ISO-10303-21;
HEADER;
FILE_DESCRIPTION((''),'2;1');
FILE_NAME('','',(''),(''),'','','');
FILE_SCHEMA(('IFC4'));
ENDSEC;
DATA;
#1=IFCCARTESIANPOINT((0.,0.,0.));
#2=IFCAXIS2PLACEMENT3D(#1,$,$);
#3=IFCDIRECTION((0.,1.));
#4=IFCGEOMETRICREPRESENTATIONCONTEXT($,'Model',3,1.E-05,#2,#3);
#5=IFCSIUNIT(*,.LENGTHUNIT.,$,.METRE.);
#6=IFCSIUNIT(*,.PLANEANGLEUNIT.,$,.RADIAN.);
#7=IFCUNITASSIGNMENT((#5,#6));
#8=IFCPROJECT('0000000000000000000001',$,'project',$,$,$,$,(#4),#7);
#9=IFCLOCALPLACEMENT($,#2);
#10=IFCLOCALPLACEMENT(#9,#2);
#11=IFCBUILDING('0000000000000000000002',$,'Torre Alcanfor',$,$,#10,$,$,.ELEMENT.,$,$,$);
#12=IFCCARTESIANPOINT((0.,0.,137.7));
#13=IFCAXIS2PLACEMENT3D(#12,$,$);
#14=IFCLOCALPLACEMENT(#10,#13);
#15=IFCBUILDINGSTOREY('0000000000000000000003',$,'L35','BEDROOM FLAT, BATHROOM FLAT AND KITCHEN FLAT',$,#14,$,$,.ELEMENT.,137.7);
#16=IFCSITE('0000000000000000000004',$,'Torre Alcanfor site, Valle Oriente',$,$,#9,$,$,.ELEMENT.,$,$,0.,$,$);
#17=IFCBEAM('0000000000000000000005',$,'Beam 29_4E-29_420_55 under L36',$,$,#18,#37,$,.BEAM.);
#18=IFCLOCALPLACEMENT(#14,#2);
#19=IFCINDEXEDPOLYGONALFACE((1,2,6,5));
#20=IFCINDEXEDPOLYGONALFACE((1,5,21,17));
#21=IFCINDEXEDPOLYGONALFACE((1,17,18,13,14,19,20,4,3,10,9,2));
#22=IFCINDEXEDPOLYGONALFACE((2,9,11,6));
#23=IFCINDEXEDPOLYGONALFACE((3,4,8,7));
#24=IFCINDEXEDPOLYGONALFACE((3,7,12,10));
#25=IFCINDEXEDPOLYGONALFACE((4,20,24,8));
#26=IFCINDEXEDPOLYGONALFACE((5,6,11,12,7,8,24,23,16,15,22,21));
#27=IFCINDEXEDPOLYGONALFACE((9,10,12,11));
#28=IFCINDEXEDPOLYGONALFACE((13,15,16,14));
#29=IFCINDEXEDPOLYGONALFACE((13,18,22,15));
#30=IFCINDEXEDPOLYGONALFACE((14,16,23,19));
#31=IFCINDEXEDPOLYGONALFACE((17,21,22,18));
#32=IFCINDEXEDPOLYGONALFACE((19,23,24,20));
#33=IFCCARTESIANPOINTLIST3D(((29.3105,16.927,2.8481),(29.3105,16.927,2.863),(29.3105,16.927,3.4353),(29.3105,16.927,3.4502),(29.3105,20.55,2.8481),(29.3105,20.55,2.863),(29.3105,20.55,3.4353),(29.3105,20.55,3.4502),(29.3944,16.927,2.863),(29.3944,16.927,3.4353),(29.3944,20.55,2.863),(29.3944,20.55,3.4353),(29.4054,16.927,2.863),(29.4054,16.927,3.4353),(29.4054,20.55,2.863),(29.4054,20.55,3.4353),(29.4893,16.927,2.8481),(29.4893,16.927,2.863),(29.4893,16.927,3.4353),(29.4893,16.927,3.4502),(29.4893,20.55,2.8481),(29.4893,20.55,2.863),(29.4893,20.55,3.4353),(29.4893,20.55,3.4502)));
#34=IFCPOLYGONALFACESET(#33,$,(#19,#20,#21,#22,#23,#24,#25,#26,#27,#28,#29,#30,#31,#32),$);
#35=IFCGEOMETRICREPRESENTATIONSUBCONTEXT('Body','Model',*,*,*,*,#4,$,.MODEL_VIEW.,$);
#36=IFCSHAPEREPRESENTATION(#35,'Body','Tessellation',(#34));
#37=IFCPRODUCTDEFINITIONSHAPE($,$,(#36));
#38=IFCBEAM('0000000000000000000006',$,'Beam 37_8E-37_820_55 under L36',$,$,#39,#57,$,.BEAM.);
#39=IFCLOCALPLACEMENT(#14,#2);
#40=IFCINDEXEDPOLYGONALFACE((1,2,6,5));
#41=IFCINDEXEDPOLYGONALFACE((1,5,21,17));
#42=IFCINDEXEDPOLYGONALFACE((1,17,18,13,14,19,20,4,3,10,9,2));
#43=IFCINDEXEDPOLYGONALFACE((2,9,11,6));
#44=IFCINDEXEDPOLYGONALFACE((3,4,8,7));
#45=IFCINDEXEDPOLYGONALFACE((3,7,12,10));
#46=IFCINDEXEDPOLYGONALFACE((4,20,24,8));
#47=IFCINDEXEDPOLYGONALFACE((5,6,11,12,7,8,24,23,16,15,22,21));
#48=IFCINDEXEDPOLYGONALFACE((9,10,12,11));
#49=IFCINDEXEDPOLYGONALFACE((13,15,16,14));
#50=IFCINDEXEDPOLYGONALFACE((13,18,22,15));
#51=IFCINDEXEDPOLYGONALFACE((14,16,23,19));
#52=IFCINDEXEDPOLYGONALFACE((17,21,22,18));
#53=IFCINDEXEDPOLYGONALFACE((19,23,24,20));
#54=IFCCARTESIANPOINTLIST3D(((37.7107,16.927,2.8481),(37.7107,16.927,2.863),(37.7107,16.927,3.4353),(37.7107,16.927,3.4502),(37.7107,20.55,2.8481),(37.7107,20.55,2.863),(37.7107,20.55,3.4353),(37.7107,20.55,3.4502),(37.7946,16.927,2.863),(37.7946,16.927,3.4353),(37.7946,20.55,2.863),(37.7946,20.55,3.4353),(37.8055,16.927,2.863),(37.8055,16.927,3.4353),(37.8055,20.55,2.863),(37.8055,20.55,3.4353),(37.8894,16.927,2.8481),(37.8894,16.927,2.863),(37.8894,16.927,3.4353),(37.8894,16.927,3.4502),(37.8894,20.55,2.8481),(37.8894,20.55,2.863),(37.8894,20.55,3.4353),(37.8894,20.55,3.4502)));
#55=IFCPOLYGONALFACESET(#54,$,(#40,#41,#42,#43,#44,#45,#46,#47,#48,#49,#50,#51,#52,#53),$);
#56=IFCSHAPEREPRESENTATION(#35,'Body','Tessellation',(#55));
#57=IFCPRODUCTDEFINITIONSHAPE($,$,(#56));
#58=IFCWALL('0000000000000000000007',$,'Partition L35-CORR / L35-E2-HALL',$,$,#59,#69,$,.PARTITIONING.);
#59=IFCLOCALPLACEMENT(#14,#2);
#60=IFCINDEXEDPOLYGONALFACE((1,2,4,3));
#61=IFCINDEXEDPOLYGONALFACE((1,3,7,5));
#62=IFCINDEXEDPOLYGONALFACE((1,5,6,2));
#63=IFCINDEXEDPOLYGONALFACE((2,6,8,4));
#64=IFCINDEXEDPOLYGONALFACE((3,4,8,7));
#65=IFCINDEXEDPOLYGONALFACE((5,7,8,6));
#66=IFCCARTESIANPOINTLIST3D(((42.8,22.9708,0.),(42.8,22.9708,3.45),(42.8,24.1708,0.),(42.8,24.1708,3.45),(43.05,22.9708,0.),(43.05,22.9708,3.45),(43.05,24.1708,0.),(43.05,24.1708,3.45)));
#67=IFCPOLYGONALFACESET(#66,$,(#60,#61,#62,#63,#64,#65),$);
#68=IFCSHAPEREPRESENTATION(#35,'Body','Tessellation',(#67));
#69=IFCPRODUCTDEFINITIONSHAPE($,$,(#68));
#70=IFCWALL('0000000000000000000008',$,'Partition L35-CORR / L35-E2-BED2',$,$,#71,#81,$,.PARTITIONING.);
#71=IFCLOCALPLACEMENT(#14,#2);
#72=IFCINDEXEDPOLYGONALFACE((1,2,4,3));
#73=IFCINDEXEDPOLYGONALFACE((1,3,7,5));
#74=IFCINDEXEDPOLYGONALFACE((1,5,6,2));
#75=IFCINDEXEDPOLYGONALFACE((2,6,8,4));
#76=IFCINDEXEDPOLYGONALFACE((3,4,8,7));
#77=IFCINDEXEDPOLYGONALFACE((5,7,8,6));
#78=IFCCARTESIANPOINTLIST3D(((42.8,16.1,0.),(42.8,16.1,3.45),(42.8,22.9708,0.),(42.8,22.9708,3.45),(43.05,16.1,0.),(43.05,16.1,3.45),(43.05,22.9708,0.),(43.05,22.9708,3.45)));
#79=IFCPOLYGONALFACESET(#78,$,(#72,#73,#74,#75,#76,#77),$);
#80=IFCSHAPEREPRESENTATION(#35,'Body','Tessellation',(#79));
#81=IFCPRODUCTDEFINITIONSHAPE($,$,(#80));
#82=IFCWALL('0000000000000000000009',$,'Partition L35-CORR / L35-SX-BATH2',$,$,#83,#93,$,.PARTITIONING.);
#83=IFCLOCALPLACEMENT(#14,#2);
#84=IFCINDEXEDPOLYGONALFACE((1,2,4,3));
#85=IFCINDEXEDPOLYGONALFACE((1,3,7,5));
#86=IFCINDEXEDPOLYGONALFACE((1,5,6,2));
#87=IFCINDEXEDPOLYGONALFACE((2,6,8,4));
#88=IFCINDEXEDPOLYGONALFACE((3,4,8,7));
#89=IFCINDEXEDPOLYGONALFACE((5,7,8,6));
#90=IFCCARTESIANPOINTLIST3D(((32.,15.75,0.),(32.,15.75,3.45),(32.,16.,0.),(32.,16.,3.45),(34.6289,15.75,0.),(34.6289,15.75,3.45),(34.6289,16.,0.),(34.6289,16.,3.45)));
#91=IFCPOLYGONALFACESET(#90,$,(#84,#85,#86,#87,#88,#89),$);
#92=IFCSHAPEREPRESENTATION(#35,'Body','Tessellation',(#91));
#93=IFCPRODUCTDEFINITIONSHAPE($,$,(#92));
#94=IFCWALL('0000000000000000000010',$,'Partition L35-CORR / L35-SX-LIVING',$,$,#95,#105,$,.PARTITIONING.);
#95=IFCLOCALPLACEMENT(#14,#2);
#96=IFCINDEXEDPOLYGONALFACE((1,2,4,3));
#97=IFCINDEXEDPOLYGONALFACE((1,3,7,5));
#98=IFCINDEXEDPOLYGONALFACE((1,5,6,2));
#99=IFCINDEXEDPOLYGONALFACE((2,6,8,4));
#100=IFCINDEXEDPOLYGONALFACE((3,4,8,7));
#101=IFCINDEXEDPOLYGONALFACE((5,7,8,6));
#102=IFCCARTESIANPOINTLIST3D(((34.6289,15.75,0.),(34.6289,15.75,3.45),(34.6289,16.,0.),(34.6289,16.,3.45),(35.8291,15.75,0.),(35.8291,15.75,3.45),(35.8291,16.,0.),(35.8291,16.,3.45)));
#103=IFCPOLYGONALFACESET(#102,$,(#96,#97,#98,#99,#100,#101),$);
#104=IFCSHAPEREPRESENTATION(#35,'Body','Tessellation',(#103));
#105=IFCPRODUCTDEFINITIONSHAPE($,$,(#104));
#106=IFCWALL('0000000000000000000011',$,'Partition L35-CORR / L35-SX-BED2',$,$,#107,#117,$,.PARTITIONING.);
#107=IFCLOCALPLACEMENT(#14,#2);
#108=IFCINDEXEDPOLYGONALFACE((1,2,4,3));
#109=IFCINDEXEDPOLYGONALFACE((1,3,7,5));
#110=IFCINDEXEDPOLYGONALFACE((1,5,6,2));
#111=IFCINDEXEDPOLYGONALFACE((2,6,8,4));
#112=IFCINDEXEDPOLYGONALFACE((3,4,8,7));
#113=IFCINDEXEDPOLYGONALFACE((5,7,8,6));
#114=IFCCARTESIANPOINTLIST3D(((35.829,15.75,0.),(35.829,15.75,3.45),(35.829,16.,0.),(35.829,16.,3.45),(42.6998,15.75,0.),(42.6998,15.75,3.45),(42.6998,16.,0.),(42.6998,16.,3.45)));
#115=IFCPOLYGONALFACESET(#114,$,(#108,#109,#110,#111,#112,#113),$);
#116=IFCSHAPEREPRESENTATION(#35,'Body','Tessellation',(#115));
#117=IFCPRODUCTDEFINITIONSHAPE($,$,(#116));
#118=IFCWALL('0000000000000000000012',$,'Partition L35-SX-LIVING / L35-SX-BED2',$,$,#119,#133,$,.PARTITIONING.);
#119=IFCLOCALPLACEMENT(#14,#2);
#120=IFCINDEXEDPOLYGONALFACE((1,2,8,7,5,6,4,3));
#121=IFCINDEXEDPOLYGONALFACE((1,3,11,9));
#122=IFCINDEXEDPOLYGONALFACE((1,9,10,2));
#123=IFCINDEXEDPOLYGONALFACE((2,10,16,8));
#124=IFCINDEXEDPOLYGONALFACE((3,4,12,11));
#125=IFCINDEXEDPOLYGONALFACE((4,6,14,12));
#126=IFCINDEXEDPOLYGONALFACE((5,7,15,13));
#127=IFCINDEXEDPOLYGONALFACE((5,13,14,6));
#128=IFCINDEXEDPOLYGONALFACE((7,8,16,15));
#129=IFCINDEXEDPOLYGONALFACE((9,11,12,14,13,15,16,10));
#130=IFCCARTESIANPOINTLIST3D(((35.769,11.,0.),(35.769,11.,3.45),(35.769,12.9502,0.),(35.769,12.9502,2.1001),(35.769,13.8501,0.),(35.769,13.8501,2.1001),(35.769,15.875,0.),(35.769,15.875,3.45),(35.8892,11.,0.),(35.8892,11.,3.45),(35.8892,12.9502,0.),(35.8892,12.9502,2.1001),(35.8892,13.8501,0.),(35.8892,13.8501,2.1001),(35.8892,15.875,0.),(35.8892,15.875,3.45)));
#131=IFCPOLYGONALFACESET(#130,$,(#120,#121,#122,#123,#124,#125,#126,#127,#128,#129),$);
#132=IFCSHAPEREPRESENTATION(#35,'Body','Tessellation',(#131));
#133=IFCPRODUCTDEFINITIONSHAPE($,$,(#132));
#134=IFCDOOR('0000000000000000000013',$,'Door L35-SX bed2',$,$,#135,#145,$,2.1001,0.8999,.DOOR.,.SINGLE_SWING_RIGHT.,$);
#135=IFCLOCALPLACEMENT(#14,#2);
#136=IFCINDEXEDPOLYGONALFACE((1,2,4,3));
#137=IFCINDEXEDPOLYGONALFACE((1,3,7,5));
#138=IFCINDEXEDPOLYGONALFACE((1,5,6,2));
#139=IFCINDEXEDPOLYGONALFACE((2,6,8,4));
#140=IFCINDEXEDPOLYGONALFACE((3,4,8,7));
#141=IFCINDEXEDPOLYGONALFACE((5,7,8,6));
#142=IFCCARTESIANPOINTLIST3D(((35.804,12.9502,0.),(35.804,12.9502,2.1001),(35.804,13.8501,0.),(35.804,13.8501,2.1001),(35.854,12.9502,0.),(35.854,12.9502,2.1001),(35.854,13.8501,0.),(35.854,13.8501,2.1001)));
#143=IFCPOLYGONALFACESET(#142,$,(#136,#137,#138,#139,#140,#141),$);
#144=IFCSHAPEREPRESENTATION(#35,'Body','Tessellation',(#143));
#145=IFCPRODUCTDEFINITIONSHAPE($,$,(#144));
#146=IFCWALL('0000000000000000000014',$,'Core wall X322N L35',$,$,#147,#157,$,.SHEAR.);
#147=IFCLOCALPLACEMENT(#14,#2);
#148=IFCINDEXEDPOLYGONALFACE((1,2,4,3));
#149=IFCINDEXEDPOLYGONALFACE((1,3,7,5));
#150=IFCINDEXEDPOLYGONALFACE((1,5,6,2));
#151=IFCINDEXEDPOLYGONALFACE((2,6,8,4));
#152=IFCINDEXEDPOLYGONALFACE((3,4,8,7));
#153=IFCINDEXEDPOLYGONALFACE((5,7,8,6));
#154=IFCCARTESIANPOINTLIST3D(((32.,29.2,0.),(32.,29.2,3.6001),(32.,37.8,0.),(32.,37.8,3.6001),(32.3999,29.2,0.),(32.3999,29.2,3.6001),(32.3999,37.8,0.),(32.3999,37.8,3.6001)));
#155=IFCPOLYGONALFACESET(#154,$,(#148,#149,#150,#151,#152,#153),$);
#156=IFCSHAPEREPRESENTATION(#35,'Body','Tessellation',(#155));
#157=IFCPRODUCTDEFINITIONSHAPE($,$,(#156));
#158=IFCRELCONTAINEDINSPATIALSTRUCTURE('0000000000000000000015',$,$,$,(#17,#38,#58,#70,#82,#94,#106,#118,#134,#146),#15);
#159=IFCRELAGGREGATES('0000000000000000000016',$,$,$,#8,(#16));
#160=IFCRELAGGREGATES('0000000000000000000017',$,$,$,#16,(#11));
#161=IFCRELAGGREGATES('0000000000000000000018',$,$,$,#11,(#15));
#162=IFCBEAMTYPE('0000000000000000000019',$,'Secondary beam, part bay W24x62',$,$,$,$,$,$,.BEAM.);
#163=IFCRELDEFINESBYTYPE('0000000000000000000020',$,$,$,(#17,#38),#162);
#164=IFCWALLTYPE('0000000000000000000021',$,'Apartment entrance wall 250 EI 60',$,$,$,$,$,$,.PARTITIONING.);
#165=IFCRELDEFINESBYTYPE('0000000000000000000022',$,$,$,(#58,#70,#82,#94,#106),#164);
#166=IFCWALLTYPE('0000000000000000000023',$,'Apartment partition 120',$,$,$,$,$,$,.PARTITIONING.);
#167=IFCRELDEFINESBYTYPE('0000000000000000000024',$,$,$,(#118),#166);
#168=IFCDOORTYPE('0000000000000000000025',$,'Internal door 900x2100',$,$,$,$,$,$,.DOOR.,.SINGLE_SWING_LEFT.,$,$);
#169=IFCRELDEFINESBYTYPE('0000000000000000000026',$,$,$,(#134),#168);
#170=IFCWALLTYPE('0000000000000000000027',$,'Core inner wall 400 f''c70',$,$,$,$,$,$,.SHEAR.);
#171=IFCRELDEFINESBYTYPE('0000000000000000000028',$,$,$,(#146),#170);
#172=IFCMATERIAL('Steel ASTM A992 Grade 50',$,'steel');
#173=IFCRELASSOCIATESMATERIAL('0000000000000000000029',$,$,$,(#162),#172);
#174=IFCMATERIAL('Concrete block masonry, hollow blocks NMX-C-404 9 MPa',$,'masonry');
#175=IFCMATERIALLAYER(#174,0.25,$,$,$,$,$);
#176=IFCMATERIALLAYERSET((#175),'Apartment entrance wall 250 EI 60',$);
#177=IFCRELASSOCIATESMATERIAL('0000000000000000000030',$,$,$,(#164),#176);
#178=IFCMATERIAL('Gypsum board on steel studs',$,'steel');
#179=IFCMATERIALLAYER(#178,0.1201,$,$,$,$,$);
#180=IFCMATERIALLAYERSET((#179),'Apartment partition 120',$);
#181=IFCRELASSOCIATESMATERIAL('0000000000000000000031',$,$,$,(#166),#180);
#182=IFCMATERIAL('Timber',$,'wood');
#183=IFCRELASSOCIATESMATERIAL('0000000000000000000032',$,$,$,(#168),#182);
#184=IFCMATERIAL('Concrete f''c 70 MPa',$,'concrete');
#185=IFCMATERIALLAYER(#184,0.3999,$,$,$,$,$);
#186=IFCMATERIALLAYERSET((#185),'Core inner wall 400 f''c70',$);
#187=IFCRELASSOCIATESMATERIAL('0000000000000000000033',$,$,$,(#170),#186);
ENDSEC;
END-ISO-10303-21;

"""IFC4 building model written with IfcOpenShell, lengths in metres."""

from ifc_helpers import new_model, si_unit, direction, frame, frame_2d, origin, origin_2d, place, context, subcontext, project, spatial, rectangle, i_section, extrude, material, layer, layer_set, material_profile, profile_set, type_object, element, fill, save


model = new_model("IFC4")

# Units and contexts
model_context = context("Model", 3, precision=1e-05, world=origin(), true_north=direction((0.0, 1.0)))
body_context = subcontext(model_context, "Body", "Model", "MODEL_VIEW")
ifc_project = project(units=[si_unit("LENGTHUNIT", "METRE"), si_unit("PLANEANGLEUNIT", "RADIAN")], contexts=[model_context])

# Site, building, storey
site_placement = place(None, origin())
site = spatial("IfcSite", under=ifc_project, at=site_placement, Name="Torre Alcanfor site, Valle Oriente", CompositionType="ELEMENT", RefElevation=0.0)
building_placement = place(site_placement, origin())
building = spatial("IfcBuilding", under=site, at=building_placement, Name="Torre Alcanfor", CompositionType="ELEMENT")
storey_placement = place(building_placement, frame((0.0, 0.0, 137.7)))
storey = spatial("IfcBuildingStorey", under=building, at=storey_placement, Name="L35", Description="BEDROOM FLAT, BATHROOM FLAT AND KITCHEN FLAT", CompositionType="ELEMENT", Elevation=137.7)

# Beams
ifc_material_1 = material(Name="Steel ASTM A992 Grade 50", Category="steel")
ifc_material_profile_1 = material_profile(ifc_material_1, i_section(OverallWidth=0.1787, OverallDepth=0.6021, WebThickness=0.011, FlangeThickness=0.0149, at=origin_2d()), Name="W24x62")
ifc_profile_set_1 = profile_set([ifc_material_profile_1], Name="Steel ASTM A992 Grade 50")
beam_type_1 = type_object("IfcBeamType", Name="Secondary beam, part bay W24x62", PredefinedType="BEAM", material=ifc_profile_set_1)
for number, where, z_axis, x_axis, name in (
    (1, (29.3999, 16.927, 3.1492), (0.0, 1.0, 0.0), (-1.0, 0.0, 0.0), "Beam 29_4E-29_420_55 under L36"),
    (2, (37.8, 16.927, 3.1492), (0.0, 1.0, 0.0), (-1.0, 0.0, 0.0), "Beam 37_8E-37_820_55 under L36"),
):
    element("IfcBeam", number, at=place(storey_placement, frame(where, z_axis=z_axis, x_axis=x_axis)), inside=storey, type_object=beam_type_1, Name=name, PredefinedType="BEAM", context=body_context, shape_type="SweptSolid", body=[
        extrude(i_section(OverallWidth=0.1787, OverallDepth=0.6021, WebThickness=0.011, FlangeThickness=0.0149, at=origin_2d()), origin(), (0.0, 0.0, 1.0), 3.623),
    ])

# Walls
ifc_material_2 = material(Name="Concrete block masonry, hollow blocks NMX-C-404 9 MPa", Category="masonry")
ifc_layer_1 = layer(ifc_material_2, 0.25)
ifc_layer_set_1 = layer_set([ifc_layer_1], Name="Apartment entrance wall 250 EI 60")
wall_type_1 = type_object("IfcWallType", Name="Apartment entrance wall 250 EI 60", PredefinedType="PARTITIONING", material=ifc_layer_set_1)
wall_1_placement = place(storey_placement, frame((42.925, 24.1709, 0.0), z_axis=(0.0, 0.0, 1.0), x_axis=(0.0, -1.0, 0.0)))
element("IfcWall", 3, at=wall_1_placement, inside=storey, type_object=wall_type_1, Name="Partition L35-CORR / L35-E2-HALL", PredefinedType="PARTITIONING", context=body_context, shape_type="SweptSolid", body=[
    extrude(rectangle(XDim=1.2, YDim=0.25, at=frame_2d((0.6001, 0.0))), origin(), (0.0, 0.0, 1.0), 3.45),
])
wall_2_placement = place(storey_placement, frame((42.925, 22.9709, 0.0), z_axis=(0.0, 0.0, 1.0), x_axis=(0.0, -1.0, 0.0)))
element("IfcWall", 4, at=wall_2_placement, inside=storey, type_object=wall_type_1, Name="Partition L35-CORR / L35-E2-BED2", PredefinedType="PARTITIONING", context=body_context, shape_type="SweptSolid", body=[
    extrude(rectangle(XDim=6.8708, YDim=0.25, at=frame_2d((3.4355, 0.0))), origin(), (0.0, 0.0, 1.0), 3.45),
])
wall_3_placement = place(storey_placement, frame((34.6289, 15.875, 0.0), z_axis=(0.0, 0.0, 1.0), x_axis=(-1.0, 0.0, 0.0)))
element("IfcWall", 5, at=wall_3_placement, inside=storey, type_object=wall_type_1, Name="Partition L35-CORR / L35-SX-BATH2", PredefinedType="PARTITIONING", context=body_context, shape_type="SweptSolid", body=[
    extrude(rectangle(XDim=2.6289, YDim=0.25, at=frame_2d((1.3145, 0.0))), origin(), (0.0, 0.0, 1.0), 3.45),
])
wall_4_placement = place(storey_placement, frame((35.8291, 15.875, 0.0), z_axis=(0.0, 0.0, 1.0), x_axis=(-1.0, 0.0, 0.0)))
element("IfcWall", 6, at=wall_4_placement, inside=storey, type_object=wall_type_1, Name="Partition L35-CORR / L35-SX-LIVING", PredefinedType="PARTITIONING", context=body_context, shape_type="SweptSolid", body=[
    extrude(rectangle(XDim=1.2002, YDim=0.25, at=frame_2d((0.6001, 0.0))), origin(), (0.0, 0.0, 1.0), 3.45),
])
wall_5_placement = place(storey_placement, frame((42.7, 15.875, 0.0), z_axis=(0.0, 0.0, 1.0), x_axis=(-1.0, 0.0, 0.0)))
element("IfcWall", 7, at=wall_5_placement, inside=storey, type_object=wall_type_1, Name="Partition L35-CORR / L35-SX-BED2", PredefinedType="PARTITIONING", context=body_context, shape_type="SweptSolid", body=[
    extrude(rectangle(XDim=6.8708, YDim=0.25, at=frame_2d((3.4355, 0.0))), origin(), (0.0, 0.0, 1.0), 3.45),
])

# Wall, opening, door
ifc_material_3 = material(Name="Gypsum board on steel studs", Category="steel")
ifc_layer_2 = layer(ifc_material_3, 0.1201)
ifc_layer_set_2 = layer_set([ifc_layer_2], Name="Apartment partition 120")
wall_type_2 = type_object("IfcWallType", Name="Apartment partition 120", PredefinedType="PARTITIONING", material=ifc_layer_set_2)
wall_6_placement = place(storey_placement, frame((35.8291, 15.875, 0.0), z_axis=(0.0, 0.0, 1.0), x_axis=(0.0, -1.0, 0.0)))
wall_6 = element("IfcWall", 8, at=wall_6_placement, inside=storey, type_object=wall_type_2, Name="Partition L35-SX-LIVING / L35-SX-BED2", PredefinedType="PARTITIONING", context=body_context, shape_type="SweptSolid", body=[
    extrude(rectangle(XDim=4.875, YDim=0.1201, at=frame_2d((2.4375, 0.0))), origin(), (0.0, 0.0, 1.0), 3.45),
])
opening_1_placement = place(wall_6_placement, frame((2.0249, 0.0, 0.0)))
opening_1 = element("IfcOpeningElement", 9, at=opening_1_placement, cuts=wall_6, PredefinedType="OPENING", context=body_context, shape_type="SweptSolid", body=[
    extrude(rectangle(XDim=0.8999, YDim=2.1001, at=frame_2d((0.45, 1.05))), frame((0.0, 0.0701, 0.0), z_axis=(0.0, -1.0, 0.0), x_axis=(1.0, 0.0, 0.0)), (0.0, 0.0, 1.0), 0.1401),
])
ifc_material_4 = material(Name="Timber", Category="wood")
door_type_1 = type_object("IfcDoorType", Name="Internal door 900x2100", OperationType="SINGLE_SWING_LEFT", PredefinedType="DOOR", material=ifc_material_4)
door_1_placement = place(opening_1_placement, origin())
door_1 = element("IfcDoor", 10, at=door_1_placement, inside=storey, type_object=door_type_1, Name="Door L35-SX bed2", OperationType="SINGLE_SWING_RIGHT", OverallHeight=2.1001, OverallWidth=0.8999, PredefinedType="DOOR", context=body_context, shape_type="SweptSolid", body=[
    extrude(rectangle(XDim=0.8999, YDim=2.1001, at=frame_2d((0.45, 1.05))), frame((0.0, 0.0249, 0.0), z_axis=(0.0, -1.0, 0.0), x_axis=(1.0, 0.0, 0.0)), (0.0, 0.0, 1.0), 0.05),
])
fill(opening_1, door_1)

# Wall
ifc_material_5 = material(Name="Concrete f'c 70 MPa", Category="concrete")
ifc_layer_3 = layer(ifc_material_5, 0.3999)
ifc_layer_set_3 = layer_set([ifc_layer_3], Name="Core inner wall 400 f'c70")
wall_type_3 = type_object("IfcWallType", Name="Core inner wall 400 f'c70", PredefinedType="SHEAR", material=ifc_layer_set_3)
wall_7_placement = place(storey_placement, frame((32.2, 29.2, 0.0), z_axis=(0.0, 0.0, 1.0), x_axis=(0.0, 1.0, 0.0)))
element("IfcWall", 11, at=wall_7_placement, inside=storey, type_object=wall_type_3, Name="Core wall X322N L35", PredefinedType="SHEAR", context=body_context, shape_type="SweptSolid", body=[
    extrude(rectangle(XDim=8.6001, YDim=0.3999, at=frame_2d((4.3, 0.0))), origin(), (0.0, 0.0, 1.0), 3.6001),
])

save(model, "model.ifc")
